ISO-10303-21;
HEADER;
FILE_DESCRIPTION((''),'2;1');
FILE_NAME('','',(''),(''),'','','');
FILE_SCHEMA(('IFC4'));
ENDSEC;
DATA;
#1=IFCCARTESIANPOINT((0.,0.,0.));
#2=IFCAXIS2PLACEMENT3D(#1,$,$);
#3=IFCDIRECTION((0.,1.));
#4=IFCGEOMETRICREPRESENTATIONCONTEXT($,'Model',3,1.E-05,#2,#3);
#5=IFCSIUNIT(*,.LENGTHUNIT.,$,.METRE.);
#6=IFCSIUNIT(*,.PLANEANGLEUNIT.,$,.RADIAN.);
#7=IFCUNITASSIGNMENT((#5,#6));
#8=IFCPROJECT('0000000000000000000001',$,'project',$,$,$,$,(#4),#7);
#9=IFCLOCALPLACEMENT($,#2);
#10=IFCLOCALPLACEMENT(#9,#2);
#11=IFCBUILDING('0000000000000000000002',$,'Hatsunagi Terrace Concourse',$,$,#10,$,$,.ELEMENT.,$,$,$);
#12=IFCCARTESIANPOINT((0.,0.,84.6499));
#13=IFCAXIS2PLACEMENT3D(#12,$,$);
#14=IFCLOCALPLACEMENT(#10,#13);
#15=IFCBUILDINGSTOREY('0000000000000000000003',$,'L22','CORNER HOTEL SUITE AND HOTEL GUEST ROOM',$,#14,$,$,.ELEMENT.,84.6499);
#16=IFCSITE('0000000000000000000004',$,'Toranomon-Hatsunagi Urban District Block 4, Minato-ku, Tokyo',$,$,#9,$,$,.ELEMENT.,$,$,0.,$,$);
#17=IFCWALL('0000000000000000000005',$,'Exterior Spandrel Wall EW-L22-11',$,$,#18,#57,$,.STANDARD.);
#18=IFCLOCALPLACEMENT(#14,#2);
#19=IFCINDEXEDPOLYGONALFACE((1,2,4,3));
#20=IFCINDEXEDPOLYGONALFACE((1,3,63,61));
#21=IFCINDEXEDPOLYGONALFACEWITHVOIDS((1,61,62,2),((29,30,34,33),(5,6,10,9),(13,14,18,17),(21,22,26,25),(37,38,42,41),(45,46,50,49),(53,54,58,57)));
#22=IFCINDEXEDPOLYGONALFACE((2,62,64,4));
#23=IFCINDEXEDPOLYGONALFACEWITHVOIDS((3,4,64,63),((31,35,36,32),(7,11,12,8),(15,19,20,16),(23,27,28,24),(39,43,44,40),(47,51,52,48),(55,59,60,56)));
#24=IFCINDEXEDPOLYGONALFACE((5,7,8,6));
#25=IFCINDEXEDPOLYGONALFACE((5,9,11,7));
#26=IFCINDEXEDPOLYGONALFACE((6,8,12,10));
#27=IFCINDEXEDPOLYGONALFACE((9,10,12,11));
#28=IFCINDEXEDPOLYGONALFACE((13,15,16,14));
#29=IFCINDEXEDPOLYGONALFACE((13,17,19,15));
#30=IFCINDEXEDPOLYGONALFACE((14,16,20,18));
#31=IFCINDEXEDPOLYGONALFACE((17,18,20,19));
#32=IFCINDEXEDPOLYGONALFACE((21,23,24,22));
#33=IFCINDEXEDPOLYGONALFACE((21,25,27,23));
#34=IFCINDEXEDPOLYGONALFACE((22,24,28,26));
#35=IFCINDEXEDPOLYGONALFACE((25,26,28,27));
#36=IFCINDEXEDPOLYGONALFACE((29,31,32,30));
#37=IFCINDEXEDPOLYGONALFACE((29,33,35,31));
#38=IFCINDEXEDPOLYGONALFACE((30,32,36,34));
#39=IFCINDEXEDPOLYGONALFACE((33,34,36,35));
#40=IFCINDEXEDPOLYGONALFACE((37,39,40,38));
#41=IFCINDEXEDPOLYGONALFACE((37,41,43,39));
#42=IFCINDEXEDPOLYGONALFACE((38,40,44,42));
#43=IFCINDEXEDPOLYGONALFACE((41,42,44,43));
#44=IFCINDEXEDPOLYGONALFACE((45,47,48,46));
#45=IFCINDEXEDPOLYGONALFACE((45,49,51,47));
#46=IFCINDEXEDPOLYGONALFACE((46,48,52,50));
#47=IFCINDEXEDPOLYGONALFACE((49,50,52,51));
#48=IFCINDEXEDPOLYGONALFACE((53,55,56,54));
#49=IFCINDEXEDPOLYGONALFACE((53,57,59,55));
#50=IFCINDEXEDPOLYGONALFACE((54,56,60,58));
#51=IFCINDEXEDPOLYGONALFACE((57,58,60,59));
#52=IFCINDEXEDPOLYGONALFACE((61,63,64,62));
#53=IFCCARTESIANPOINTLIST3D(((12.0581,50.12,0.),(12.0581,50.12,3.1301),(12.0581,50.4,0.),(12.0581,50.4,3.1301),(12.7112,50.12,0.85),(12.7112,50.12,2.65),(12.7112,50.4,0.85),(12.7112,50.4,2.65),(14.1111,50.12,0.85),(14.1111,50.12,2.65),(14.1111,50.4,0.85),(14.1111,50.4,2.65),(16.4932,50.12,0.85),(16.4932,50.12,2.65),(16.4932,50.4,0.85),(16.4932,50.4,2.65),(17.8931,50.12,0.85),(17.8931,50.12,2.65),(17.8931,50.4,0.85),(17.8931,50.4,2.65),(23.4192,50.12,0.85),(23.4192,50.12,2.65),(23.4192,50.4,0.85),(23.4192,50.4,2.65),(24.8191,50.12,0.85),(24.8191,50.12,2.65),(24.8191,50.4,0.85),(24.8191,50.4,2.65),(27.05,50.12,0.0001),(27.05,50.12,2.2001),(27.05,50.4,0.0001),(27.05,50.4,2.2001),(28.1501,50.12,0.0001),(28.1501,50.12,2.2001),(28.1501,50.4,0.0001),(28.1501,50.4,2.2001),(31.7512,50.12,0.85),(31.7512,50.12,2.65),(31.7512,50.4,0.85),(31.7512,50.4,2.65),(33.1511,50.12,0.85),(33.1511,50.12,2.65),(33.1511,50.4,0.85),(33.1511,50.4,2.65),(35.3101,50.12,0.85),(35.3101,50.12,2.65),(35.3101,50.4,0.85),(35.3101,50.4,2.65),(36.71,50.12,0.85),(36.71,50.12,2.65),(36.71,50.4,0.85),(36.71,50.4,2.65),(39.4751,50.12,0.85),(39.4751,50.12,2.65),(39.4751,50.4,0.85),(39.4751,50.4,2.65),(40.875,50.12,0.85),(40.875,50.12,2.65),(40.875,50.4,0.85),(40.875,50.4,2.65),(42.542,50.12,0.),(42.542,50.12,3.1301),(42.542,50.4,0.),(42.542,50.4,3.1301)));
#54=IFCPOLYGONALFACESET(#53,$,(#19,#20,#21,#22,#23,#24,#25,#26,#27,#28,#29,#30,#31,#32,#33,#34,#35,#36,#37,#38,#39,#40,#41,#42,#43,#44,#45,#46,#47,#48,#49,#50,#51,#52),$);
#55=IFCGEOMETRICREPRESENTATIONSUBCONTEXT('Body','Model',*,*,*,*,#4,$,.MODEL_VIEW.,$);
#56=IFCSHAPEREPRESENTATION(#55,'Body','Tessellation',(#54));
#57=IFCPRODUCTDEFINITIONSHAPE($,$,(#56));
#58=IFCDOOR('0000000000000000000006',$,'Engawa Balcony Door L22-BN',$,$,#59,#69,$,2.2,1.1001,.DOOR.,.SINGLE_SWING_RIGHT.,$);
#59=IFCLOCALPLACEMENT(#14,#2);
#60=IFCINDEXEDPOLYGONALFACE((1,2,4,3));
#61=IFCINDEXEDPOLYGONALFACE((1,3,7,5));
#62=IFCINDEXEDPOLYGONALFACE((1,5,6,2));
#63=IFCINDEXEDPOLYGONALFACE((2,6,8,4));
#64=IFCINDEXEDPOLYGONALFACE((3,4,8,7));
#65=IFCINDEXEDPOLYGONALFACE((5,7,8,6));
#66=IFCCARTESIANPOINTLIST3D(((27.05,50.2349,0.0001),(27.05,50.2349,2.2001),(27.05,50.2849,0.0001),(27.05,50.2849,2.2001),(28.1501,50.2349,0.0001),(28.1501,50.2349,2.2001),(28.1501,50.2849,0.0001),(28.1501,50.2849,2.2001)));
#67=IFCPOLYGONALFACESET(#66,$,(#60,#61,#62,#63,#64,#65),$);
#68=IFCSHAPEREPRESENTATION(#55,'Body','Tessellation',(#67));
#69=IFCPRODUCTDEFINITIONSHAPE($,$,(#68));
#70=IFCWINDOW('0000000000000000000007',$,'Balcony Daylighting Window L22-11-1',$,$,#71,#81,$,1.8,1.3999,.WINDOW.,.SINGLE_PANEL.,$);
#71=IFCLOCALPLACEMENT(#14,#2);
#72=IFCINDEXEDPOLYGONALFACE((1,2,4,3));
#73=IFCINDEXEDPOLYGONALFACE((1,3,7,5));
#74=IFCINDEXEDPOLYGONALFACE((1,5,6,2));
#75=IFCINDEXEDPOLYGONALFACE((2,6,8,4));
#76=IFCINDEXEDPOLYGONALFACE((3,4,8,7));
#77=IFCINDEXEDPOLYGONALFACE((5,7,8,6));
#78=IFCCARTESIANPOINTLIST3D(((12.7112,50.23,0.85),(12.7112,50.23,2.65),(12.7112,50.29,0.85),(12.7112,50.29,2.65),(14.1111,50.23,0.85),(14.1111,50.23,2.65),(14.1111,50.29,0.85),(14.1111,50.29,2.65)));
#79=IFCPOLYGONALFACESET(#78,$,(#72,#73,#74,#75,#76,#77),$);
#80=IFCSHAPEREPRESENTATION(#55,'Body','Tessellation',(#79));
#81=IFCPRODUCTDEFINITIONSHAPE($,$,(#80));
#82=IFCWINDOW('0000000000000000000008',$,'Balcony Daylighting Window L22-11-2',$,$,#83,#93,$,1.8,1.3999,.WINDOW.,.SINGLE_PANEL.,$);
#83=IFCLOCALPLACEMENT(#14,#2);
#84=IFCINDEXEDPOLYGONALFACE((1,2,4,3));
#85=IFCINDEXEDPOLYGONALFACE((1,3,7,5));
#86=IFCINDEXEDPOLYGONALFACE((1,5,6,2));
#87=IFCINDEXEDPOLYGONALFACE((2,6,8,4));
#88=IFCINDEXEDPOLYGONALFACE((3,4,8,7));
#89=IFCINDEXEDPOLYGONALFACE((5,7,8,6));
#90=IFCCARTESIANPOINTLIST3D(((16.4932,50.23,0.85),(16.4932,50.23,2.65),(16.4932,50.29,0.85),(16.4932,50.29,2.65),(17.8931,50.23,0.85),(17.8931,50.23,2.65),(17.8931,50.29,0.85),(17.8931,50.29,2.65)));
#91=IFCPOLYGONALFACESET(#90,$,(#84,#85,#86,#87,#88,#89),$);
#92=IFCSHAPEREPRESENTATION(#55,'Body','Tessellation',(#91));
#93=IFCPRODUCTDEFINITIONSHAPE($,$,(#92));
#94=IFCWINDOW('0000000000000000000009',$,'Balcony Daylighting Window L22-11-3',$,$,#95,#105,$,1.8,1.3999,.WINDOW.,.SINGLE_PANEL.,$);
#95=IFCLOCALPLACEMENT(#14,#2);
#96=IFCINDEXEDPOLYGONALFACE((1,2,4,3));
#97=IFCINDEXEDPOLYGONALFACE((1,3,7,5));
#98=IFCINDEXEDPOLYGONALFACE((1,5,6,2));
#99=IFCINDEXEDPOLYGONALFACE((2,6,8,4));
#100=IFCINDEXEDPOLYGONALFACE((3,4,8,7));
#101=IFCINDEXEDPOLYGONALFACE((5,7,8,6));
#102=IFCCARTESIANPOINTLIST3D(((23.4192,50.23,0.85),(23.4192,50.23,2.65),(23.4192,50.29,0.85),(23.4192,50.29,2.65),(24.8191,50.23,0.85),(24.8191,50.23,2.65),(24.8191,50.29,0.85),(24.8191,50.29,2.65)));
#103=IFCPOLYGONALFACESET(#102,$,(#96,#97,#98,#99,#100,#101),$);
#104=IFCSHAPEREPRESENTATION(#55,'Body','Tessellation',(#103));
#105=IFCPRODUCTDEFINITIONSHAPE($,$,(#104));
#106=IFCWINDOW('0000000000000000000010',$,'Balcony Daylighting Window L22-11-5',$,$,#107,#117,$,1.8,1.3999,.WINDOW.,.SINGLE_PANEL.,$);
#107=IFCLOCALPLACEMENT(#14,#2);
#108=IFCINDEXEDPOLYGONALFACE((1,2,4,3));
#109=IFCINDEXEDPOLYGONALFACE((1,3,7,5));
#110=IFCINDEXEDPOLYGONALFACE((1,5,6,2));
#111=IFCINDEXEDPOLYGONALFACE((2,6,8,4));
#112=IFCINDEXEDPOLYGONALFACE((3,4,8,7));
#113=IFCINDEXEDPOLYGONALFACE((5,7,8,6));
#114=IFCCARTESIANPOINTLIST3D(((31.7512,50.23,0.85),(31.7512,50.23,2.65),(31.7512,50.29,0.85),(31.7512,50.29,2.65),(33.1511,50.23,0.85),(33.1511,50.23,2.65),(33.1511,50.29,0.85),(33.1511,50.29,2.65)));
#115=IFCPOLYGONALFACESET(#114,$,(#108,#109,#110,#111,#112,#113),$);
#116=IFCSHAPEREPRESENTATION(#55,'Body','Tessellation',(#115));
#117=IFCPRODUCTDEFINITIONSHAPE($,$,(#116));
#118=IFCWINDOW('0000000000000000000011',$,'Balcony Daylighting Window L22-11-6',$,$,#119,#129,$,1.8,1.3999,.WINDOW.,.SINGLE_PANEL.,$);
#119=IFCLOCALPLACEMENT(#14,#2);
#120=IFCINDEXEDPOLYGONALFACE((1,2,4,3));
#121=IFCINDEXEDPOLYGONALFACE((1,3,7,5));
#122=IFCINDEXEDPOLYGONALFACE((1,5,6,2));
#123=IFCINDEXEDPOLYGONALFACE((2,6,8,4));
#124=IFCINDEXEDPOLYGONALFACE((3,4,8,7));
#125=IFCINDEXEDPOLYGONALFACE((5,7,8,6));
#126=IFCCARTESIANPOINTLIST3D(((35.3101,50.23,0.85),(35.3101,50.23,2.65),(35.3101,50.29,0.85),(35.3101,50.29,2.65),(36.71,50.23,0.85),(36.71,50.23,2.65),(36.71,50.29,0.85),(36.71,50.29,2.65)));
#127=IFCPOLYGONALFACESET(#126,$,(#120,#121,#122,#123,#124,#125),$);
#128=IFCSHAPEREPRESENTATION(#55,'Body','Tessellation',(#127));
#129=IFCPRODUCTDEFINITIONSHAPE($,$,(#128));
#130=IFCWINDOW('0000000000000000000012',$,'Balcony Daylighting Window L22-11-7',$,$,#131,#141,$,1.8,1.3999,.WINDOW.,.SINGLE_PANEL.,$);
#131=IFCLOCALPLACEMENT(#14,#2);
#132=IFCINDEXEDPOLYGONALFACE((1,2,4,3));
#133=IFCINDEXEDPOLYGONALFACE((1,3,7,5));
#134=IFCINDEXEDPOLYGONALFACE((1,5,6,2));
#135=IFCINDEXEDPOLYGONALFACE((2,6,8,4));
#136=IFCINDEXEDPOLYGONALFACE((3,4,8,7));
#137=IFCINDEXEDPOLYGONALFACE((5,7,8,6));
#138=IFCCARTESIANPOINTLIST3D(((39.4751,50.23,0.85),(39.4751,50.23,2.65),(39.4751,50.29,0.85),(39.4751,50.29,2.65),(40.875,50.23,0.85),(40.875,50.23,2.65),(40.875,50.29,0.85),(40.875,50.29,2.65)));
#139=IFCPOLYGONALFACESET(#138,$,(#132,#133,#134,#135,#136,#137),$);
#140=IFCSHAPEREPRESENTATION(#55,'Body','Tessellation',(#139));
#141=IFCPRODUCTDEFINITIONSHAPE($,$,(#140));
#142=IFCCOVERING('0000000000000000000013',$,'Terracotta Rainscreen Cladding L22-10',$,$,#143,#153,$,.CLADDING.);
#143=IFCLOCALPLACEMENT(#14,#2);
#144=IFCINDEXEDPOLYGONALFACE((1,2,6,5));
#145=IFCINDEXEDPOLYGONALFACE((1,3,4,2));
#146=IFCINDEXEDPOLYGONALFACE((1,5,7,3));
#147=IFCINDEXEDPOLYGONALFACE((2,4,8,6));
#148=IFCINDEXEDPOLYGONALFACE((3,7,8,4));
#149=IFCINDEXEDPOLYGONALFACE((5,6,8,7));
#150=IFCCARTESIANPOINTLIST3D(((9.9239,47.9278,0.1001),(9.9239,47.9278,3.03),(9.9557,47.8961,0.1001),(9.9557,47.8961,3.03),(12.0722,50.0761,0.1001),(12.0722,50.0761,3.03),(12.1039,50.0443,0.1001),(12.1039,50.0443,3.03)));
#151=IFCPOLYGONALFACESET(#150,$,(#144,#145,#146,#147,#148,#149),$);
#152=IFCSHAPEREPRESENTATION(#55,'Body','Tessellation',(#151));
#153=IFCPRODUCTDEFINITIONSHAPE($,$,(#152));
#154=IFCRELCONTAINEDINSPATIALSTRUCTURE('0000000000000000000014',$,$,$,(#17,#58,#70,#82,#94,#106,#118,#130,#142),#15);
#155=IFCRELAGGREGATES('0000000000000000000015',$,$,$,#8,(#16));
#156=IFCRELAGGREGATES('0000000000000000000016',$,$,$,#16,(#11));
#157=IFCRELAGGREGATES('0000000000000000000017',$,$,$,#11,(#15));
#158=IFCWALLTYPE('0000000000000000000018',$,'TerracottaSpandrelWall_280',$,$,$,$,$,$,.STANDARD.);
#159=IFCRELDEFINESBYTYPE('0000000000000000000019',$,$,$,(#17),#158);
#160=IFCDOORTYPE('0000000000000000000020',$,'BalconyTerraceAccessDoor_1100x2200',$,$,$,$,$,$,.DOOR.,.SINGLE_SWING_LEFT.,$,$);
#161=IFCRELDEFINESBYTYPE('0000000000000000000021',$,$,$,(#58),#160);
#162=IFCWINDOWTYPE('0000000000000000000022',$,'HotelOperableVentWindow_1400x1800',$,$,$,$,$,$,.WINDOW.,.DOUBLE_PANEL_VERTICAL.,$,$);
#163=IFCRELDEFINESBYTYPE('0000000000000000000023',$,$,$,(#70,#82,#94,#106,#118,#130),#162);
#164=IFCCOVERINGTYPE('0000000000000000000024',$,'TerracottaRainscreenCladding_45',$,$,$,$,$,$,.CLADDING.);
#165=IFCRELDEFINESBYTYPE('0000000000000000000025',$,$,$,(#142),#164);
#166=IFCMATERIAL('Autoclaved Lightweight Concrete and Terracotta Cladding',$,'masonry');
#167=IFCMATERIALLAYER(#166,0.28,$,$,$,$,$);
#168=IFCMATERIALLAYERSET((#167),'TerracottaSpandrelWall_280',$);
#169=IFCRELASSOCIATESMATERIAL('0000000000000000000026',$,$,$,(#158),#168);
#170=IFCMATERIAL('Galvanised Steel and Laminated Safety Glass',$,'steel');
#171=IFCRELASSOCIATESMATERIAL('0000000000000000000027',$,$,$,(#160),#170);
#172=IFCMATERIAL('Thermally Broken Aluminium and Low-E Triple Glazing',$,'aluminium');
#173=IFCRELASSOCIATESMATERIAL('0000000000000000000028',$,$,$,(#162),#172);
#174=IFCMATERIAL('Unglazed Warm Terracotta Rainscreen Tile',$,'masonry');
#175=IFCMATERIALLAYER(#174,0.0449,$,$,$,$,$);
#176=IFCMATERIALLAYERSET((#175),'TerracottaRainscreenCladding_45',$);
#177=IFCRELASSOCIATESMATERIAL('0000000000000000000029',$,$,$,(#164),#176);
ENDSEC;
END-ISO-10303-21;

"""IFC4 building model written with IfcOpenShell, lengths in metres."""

from ifc_helpers import new_model, si_unit, direction, frame, frame_2d, origin, origin_2d, place, context, subcontext, project, spatial, rectangle, extrude, material, layer, layer_set, type_object, element, fill, save


model = new_model("IFC4")

# Units and contexts
model_context = context("Model", 3, precision=1e-05, world=origin(), true_north=direction((0.0, 1.0)))
body_context = subcontext(model_context, "Body", "Model", "MODEL_VIEW")
ifc_project = project(units=[si_unit("LENGTHUNIT", "METRE"), si_unit("PLANEANGLEUNIT", "RADIAN")], contexts=[model_context])

# Site, building, storey
site_placement = place(None, origin())
site = spatial("IfcSite", under=ifc_project, at=site_placement, Name="Toranomon-Hatsunagi Urban District Block 4, Minato-ku, Tokyo", CompositionType="ELEMENT", RefElevation=0.0)
building_placement = place(site_placement, origin())
building = spatial("IfcBuilding", under=site, at=building_placement, Name="Hatsunagi Terrace Concourse", CompositionType="ELEMENT")
storey_placement = place(building_placement, frame((0.0, 0.0, 84.6499)))
storey = spatial("IfcBuildingStorey", under=building, at=storey_placement, Name="L22", Description="CORNER HOTEL SUITE AND HOTEL GUEST ROOM", CompositionType="ELEMENT", Elevation=84.6499)

# Shared definitions
ifc_material_1 = material(Name="Autoclaved Lightweight Concrete and Terracotta Cladding", Category="masonry")
ifc_layer_1 = layer(ifc_material_1, 0.28)
ifc_layer_set_1 = layer_set([ifc_layer_1], Name="TerracottaSpandrelWall_280")
wall_type_1 = type_object("IfcWallType", Name="TerracottaSpandrelWall_280", PredefinedType="STANDARD", material=ifc_layer_set_1)

# Wall, openings, door, windows
wall_1_placement = place(storey_placement, frame((12.0581, 50.26, 0.0), z_axis=(0.0, 0.0, 1.0), x_axis=(1.0, 0.0, 0.0)))
wall_1 = element("IfcWall", 1, at=wall_1_placement, inside=storey, type_object=wall_type_1, Name="Exterior Spandrel Wall EW-L22-11", PredefinedType="STANDARD", context=body_context, shape_type="SweptSolid", body=[
    extrude(rectangle(XDim=30.4839, YDim=0.28, at=frame_2d((15.2419, 0.0))), origin(), (0.0, 0.0, 1.0), 3.1301),
])
opening_1_placement = place(wall_1_placement, frame((14.9919, 0.0, 0.0)))
opening_1 = element("IfcOpeningElement", 2, at=opening_1_placement, cuts=wall_1, PredefinedType="OPENING", context=body_context, shape_type="SweptSolid", body=[
    extrude(rectangle(XDim=1.1001, YDim=2.2, at=frame_2d((0.55, 1.1001))), frame((0.0, 0.1499, 0.0), z_axis=(0.0, -1.0, 0.0), x_axis=(1.0, 0.0, 0.0)), (0.0, 0.0, 1.0), 0.3),
])
opening_2_placement = place(wall_1_placement, frame((0.6531, 0.0, 0.8501)))
opening_2 = element("IfcOpeningElement", 3, at=opening_2_placement, cuts=wall_1, PredefinedType="OPENING", context=body_context, shape_type="SweptSolid", body=[
    extrude(rectangle(XDim=1.3999, YDim=1.8, at=frame_2d((0.7, 0.8999))), frame((0.0, 0.1499, 0.0), z_axis=(0.0, -1.0, 0.0), x_axis=(1.0, 0.0, 0.0)), (0.0, 0.0, 1.0), 0.3),
])
opening_3_placement = place(wall_1_placement, frame((4.4351, 0.0, 0.8501)))
opening_3 = element("IfcOpeningElement", 4, at=opening_3_placement, cuts=wall_1, PredefinedType="OPENING", context=body_context, shape_type="SweptSolid", body=[
    extrude(rectangle(XDim=1.3999, YDim=1.8, at=frame_2d((0.7, 0.8999))), frame((0.0, 0.1499, 0.0), z_axis=(0.0, -1.0, 0.0), x_axis=(1.0, 0.0, 0.0)), (0.0, 0.0, 1.0), 0.3),
])
opening_4_placement = place(wall_1_placement, frame((11.3611, 0.0, 0.8501)))
opening_4 = element("IfcOpeningElement", 5, at=opening_4_placement, cuts=wall_1, PredefinedType="OPENING", context=body_context, shape_type="SweptSolid", body=[
    extrude(rectangle(XDim=1.3999, YDim=1.8, at=frame_2d((0.7, 0.8999))), frame((0.0, 0.1499, 0.0), z_axis=(0.0, -1.0, 0.0), x_axis=(1.0, 0.0, 0.0)), (0.0, 0.0, 1.0), 0.3),
])
opening_5_placement = place(wall_1_placement, frame((19.6931, 0.0, 0.8501)))
opening_5 = element("IfcOpeningElement", 6, at=opening_5_placement, cuts=wall_1, PredefinedType="OPENING", context=body_context, shape_type="SweptSolid", body=[
    extrude(rectangle(XDim=1.3999, YDim=1.8, at=frame_2d((0.7, 0.8999))), frame((0.0, 0.1499, 0.0), z_axis=(0.0, -1.0, 0.0), x_axis=(1.0, 0.0, 0.0)), (0.0, 0.0, 1.0), 0.3),
])
opening_6_placement = place(wall_1_placement, frame((23.252, 0.0, 0.8501)))
opening_6 = element("IfcOpeningElement", 7, at=opening_6_placement, cuts=wall_1, PredefinedType="OPENING", context=body_context, shape_type="SweptSolid", body=[
    extrude(rectangle(XDim=1.3999, YDim=1.8, at=frame_2d((0.7, 0.8999))), frame((0.0, 0.1499, 0.0), z_axis=(0.0, -1.0, 0.0), x_axis=(1.0, 0.0, 0.0)), (0.0, 0.0, 1.0), 0.3),
])
opening_7_placement = place(wall_1_placement, frame((27.417, 0.0, 0.8501)))
opening_7 = element("IfcOpeningElement", 8, at=opening_7_placement, cuts=wall_1, PredefinedType="OPENING", context=body_context, shape_type="SweptSolid", body=[
    extrude(rectangle(XDim=1.3999, YDim=1.8, at=frame_2d((0.7, 0.8999))), frame((0.0, 0.1499, 0.0), z_axis=(0.0, -1.0, 0.0), x_axis=(1.0, 0.0, 0.0)), (0.0, 0.0, 1.0), 0.3),
])
ifc_material_2 = material(Name="Galvanised Steel and Laminated Safety Glass", Category="steel")
door_type = type_object("IfcDoorType", Name="BalconyTerraceAccessDoor_1100x2200", OperationType="SINGLE_SWING_LEFT", PredefinedType="DOOR", material=ifc_material_2)
door_placement = place(opening_1_placement, origin())
door = element("IfcDoor", 9, at=door_placement, inside=storey, type_object=door_type, Name="Engawa Balcony Door L22-BN", OperationType="SINGLE_SWING_RIGHT", OverallHeight=2.2, OverallWidth=1.1001, PredefinedType="DOOR", context=body_context, shape_type="SweptSolid", body=[
    extrude(rectangle(XDim=1.1001, YDim=2.2, at=frame_2d((0.55, 1.1001))), frame((0.0, 0.0249, 0.0), z_axis=(0.0, -1.0, 0.0), x_axis=(1.0, 0.0, 0.0)), (0.0, 0.0, 1.0), 0.05),
])
fill(opening_1, door)
ifc_material_3 = material(Name="Thermally Broken Aluminium and Low-E Triple Glazing", Category="aluminium")
window_type = type_object("IfcWindowType", Name="HotelOperableVentWindow_1400x1800", PartitioningType="DOUBLE_PANEL_VERTICAL", PredefinedType="WINDOW", material=ifc_material_3)
window_1_placement = place(opening_2_placement, origin())
window_1 = element("IfcWindow", 10, at=window_1_placement, inside=storey, type_object=window_type, Name="Balcony Daylighting Window L22-11-1", OverallHeight=1.8, OverallWidth=1.3999, PartitioningType="SINGLE_PANEL", PredefinedType="WINDOW", context=body_context, shape_type="SweptSolid", body=[
    extrude(rectangle(XDim=1.3999, YDim=1.8, at=frame_2d((0.7, 0.8999))), frame((0.0, 0.03, 0.0), z_axis=(0.0, -1.0, 0.0), x_axis=(1.0, 0.0, 0.0)), (0.0, 0.0, 1.0), 0.0601),
])
fill(opening_2, window_1)
window_2_placement = place(opening_3_placement, origin())
window_2 = element("IfcWindow", 11, at=window_2_placement, inside=storey, type_object=window_type, Name="Balcony Daylighting Window L22-11-2", OverallHeight=1.8, OverallWidth=1.3999, PartitioningType="SINGLE_PANEL", PredefinedType="WINDOW", context=body_context, shape_type="SweptSolid", body=[
    extrude(rectangle(XDim=1.3999, YDim=1.8, at=frame_2d((0.7, 0.8999))), frame((0.0, 0.03, 0.0), z_axis=(0.0, -1.0, 0.0), x_axis=(1.0, 0.0, 0.0)), (0.0, 0.0, 1.0), 0.0601),
])
fill(opening_3, window_2)
window_3_placement = place(opening_4_placement, origin())
window_3 = element("IfcWindow", 12, at=window_3_placement, inside=storey, type_object=window_type, Name="Balcony Daylighting Window L22-11-3", OverallHeight=1.8, OverallWidth=1.3999, PartitioningType="SINGLE_PANEL", PredefinedType="WINDOW", context=body_context, shape_type="SweptSolid", body=[
    extrude(rectangle(XDim=1.3999, YDim=1.8, at=frame_2d((0.7, 0.8999))), frame((0.0, 0.03, 0.0), z_axis=(0.0, -1.0, 0.0), x_axis=(1.0, 0.0, 0.0)), (0.0, 0.0, 1.0), 0.0601),
])
fill(opening_4, window_3)
window_4_placement = place(opening_5_placement, origin())
window_4 = element("IfcWindow", 13, at=window_4_placement, inside=storey, type_object=window_type, Name="Balcony Daylighting Window L22-11-5", OverallHeight=1.8, OverallWidth=1.3999, PartitioningType="SINGLE_PANEL", PredefinedType="WINDOW", context=body_context, shape_type="SweptSolid", body=[
    extrude(rectangle(XDim=1.3999, YDim=1.8, at=frame_2d((0.7, 0.8999))), frame((0.0, 0.03, 0.0), z_axis=(0.0, -1.0, 0.0), x_axis=(1.0, 0.0, 0.0)), (0.0, 0.0, 1.0), 0.0601),
])
fill(opening_5, window_4)
window_5_placement = place(opening_6_placement, origin())
window_5 = element("IfcWindow", 14, at=window_5_placement, inside=storey, type_object=window_type, Name="Balcony Daylighting Window L22-11-6", OverallHeight=1.8, OverallWidth=1.3999, PartitioningType="SINGLE_PANEL", PredefinedType="WINDOW", context=body_context, shape_type="SweptSolid", body=[
    extrude(rectangle(XDim=1.3999, YDim=1.8, at=frame_2d((0.7, 0.8999))), frame((0.0, 0.03, 0.0), z_axis=(0.0, -1.0, 0.0), x_axis=(1.0, 0.0, 0.0)), (0.0, 0.0, 1.0), 0.0601),
])
fill(opening_6, window_5)
window_6_placement = place(opening_7_placement, origin())
window_6 = element("IfcWindow", 15, at=window_6_placement, inside=storey, type_object=window_type, Name="Balcony Daylighting Window L22-11-7", OverallHeight=1.8, OverallWidth=1.3999, PartitioningType="SINGLE_PANEL", PredefinedType="WINDOW", context=body_context, shape_type="SweptSolid", body=[
    extrude(rectangle(XDim=1.3999, YDim=1.8, at=frame_2d((0.7, 0.8999))), frame((0.0, 0.03, 0.0), z_axis=(0.0, -1.0, 0.0), x_axis=(1.0, 0.0, 0.0)), (0.0, 0.0, 1.0), 0.0601),
])
fill(opening_7, window_6)

# Covering
ifc_material_4 = material(Name="Unglazed Warm Terracotta Rainscreen Tile", Category="masonry")
ifc_layer_2 = layer(ifc_material_4, 0.0449)
ifc_layer_set_2 = layer_set([ifc_layer_2], Name="TerracottaRainscreenCladding_45")
covering_type = type_object("IfcCoveringType", Name="TerracottaRainscreenCladding_45", PredefinedType="CLADDING", material=ifc_layer_set_2)
covering_placement = place(storey_placement, frame((11.0139, 48.9861, 0.1001), z_axis=(0.0, 0.0, 1.0), x_axis=(0.707107, 0.707107, 0.0)))
element("IfcCovering", 16, at=covering_placement, inside=storey, type_object=covering_type, Name="Terracotta Rainscreen Cladding L22-10", PredefinedType="CLADDING", context=body_context, shape_type="SweptSolid", body=[
    extrude(rectangle(XDim=3.0381, YDim=0.0449, at=origin_2d()), origin(), (0.0, 0.0, 1.0), 2.9299),
])

save(model, "model.ifc")
